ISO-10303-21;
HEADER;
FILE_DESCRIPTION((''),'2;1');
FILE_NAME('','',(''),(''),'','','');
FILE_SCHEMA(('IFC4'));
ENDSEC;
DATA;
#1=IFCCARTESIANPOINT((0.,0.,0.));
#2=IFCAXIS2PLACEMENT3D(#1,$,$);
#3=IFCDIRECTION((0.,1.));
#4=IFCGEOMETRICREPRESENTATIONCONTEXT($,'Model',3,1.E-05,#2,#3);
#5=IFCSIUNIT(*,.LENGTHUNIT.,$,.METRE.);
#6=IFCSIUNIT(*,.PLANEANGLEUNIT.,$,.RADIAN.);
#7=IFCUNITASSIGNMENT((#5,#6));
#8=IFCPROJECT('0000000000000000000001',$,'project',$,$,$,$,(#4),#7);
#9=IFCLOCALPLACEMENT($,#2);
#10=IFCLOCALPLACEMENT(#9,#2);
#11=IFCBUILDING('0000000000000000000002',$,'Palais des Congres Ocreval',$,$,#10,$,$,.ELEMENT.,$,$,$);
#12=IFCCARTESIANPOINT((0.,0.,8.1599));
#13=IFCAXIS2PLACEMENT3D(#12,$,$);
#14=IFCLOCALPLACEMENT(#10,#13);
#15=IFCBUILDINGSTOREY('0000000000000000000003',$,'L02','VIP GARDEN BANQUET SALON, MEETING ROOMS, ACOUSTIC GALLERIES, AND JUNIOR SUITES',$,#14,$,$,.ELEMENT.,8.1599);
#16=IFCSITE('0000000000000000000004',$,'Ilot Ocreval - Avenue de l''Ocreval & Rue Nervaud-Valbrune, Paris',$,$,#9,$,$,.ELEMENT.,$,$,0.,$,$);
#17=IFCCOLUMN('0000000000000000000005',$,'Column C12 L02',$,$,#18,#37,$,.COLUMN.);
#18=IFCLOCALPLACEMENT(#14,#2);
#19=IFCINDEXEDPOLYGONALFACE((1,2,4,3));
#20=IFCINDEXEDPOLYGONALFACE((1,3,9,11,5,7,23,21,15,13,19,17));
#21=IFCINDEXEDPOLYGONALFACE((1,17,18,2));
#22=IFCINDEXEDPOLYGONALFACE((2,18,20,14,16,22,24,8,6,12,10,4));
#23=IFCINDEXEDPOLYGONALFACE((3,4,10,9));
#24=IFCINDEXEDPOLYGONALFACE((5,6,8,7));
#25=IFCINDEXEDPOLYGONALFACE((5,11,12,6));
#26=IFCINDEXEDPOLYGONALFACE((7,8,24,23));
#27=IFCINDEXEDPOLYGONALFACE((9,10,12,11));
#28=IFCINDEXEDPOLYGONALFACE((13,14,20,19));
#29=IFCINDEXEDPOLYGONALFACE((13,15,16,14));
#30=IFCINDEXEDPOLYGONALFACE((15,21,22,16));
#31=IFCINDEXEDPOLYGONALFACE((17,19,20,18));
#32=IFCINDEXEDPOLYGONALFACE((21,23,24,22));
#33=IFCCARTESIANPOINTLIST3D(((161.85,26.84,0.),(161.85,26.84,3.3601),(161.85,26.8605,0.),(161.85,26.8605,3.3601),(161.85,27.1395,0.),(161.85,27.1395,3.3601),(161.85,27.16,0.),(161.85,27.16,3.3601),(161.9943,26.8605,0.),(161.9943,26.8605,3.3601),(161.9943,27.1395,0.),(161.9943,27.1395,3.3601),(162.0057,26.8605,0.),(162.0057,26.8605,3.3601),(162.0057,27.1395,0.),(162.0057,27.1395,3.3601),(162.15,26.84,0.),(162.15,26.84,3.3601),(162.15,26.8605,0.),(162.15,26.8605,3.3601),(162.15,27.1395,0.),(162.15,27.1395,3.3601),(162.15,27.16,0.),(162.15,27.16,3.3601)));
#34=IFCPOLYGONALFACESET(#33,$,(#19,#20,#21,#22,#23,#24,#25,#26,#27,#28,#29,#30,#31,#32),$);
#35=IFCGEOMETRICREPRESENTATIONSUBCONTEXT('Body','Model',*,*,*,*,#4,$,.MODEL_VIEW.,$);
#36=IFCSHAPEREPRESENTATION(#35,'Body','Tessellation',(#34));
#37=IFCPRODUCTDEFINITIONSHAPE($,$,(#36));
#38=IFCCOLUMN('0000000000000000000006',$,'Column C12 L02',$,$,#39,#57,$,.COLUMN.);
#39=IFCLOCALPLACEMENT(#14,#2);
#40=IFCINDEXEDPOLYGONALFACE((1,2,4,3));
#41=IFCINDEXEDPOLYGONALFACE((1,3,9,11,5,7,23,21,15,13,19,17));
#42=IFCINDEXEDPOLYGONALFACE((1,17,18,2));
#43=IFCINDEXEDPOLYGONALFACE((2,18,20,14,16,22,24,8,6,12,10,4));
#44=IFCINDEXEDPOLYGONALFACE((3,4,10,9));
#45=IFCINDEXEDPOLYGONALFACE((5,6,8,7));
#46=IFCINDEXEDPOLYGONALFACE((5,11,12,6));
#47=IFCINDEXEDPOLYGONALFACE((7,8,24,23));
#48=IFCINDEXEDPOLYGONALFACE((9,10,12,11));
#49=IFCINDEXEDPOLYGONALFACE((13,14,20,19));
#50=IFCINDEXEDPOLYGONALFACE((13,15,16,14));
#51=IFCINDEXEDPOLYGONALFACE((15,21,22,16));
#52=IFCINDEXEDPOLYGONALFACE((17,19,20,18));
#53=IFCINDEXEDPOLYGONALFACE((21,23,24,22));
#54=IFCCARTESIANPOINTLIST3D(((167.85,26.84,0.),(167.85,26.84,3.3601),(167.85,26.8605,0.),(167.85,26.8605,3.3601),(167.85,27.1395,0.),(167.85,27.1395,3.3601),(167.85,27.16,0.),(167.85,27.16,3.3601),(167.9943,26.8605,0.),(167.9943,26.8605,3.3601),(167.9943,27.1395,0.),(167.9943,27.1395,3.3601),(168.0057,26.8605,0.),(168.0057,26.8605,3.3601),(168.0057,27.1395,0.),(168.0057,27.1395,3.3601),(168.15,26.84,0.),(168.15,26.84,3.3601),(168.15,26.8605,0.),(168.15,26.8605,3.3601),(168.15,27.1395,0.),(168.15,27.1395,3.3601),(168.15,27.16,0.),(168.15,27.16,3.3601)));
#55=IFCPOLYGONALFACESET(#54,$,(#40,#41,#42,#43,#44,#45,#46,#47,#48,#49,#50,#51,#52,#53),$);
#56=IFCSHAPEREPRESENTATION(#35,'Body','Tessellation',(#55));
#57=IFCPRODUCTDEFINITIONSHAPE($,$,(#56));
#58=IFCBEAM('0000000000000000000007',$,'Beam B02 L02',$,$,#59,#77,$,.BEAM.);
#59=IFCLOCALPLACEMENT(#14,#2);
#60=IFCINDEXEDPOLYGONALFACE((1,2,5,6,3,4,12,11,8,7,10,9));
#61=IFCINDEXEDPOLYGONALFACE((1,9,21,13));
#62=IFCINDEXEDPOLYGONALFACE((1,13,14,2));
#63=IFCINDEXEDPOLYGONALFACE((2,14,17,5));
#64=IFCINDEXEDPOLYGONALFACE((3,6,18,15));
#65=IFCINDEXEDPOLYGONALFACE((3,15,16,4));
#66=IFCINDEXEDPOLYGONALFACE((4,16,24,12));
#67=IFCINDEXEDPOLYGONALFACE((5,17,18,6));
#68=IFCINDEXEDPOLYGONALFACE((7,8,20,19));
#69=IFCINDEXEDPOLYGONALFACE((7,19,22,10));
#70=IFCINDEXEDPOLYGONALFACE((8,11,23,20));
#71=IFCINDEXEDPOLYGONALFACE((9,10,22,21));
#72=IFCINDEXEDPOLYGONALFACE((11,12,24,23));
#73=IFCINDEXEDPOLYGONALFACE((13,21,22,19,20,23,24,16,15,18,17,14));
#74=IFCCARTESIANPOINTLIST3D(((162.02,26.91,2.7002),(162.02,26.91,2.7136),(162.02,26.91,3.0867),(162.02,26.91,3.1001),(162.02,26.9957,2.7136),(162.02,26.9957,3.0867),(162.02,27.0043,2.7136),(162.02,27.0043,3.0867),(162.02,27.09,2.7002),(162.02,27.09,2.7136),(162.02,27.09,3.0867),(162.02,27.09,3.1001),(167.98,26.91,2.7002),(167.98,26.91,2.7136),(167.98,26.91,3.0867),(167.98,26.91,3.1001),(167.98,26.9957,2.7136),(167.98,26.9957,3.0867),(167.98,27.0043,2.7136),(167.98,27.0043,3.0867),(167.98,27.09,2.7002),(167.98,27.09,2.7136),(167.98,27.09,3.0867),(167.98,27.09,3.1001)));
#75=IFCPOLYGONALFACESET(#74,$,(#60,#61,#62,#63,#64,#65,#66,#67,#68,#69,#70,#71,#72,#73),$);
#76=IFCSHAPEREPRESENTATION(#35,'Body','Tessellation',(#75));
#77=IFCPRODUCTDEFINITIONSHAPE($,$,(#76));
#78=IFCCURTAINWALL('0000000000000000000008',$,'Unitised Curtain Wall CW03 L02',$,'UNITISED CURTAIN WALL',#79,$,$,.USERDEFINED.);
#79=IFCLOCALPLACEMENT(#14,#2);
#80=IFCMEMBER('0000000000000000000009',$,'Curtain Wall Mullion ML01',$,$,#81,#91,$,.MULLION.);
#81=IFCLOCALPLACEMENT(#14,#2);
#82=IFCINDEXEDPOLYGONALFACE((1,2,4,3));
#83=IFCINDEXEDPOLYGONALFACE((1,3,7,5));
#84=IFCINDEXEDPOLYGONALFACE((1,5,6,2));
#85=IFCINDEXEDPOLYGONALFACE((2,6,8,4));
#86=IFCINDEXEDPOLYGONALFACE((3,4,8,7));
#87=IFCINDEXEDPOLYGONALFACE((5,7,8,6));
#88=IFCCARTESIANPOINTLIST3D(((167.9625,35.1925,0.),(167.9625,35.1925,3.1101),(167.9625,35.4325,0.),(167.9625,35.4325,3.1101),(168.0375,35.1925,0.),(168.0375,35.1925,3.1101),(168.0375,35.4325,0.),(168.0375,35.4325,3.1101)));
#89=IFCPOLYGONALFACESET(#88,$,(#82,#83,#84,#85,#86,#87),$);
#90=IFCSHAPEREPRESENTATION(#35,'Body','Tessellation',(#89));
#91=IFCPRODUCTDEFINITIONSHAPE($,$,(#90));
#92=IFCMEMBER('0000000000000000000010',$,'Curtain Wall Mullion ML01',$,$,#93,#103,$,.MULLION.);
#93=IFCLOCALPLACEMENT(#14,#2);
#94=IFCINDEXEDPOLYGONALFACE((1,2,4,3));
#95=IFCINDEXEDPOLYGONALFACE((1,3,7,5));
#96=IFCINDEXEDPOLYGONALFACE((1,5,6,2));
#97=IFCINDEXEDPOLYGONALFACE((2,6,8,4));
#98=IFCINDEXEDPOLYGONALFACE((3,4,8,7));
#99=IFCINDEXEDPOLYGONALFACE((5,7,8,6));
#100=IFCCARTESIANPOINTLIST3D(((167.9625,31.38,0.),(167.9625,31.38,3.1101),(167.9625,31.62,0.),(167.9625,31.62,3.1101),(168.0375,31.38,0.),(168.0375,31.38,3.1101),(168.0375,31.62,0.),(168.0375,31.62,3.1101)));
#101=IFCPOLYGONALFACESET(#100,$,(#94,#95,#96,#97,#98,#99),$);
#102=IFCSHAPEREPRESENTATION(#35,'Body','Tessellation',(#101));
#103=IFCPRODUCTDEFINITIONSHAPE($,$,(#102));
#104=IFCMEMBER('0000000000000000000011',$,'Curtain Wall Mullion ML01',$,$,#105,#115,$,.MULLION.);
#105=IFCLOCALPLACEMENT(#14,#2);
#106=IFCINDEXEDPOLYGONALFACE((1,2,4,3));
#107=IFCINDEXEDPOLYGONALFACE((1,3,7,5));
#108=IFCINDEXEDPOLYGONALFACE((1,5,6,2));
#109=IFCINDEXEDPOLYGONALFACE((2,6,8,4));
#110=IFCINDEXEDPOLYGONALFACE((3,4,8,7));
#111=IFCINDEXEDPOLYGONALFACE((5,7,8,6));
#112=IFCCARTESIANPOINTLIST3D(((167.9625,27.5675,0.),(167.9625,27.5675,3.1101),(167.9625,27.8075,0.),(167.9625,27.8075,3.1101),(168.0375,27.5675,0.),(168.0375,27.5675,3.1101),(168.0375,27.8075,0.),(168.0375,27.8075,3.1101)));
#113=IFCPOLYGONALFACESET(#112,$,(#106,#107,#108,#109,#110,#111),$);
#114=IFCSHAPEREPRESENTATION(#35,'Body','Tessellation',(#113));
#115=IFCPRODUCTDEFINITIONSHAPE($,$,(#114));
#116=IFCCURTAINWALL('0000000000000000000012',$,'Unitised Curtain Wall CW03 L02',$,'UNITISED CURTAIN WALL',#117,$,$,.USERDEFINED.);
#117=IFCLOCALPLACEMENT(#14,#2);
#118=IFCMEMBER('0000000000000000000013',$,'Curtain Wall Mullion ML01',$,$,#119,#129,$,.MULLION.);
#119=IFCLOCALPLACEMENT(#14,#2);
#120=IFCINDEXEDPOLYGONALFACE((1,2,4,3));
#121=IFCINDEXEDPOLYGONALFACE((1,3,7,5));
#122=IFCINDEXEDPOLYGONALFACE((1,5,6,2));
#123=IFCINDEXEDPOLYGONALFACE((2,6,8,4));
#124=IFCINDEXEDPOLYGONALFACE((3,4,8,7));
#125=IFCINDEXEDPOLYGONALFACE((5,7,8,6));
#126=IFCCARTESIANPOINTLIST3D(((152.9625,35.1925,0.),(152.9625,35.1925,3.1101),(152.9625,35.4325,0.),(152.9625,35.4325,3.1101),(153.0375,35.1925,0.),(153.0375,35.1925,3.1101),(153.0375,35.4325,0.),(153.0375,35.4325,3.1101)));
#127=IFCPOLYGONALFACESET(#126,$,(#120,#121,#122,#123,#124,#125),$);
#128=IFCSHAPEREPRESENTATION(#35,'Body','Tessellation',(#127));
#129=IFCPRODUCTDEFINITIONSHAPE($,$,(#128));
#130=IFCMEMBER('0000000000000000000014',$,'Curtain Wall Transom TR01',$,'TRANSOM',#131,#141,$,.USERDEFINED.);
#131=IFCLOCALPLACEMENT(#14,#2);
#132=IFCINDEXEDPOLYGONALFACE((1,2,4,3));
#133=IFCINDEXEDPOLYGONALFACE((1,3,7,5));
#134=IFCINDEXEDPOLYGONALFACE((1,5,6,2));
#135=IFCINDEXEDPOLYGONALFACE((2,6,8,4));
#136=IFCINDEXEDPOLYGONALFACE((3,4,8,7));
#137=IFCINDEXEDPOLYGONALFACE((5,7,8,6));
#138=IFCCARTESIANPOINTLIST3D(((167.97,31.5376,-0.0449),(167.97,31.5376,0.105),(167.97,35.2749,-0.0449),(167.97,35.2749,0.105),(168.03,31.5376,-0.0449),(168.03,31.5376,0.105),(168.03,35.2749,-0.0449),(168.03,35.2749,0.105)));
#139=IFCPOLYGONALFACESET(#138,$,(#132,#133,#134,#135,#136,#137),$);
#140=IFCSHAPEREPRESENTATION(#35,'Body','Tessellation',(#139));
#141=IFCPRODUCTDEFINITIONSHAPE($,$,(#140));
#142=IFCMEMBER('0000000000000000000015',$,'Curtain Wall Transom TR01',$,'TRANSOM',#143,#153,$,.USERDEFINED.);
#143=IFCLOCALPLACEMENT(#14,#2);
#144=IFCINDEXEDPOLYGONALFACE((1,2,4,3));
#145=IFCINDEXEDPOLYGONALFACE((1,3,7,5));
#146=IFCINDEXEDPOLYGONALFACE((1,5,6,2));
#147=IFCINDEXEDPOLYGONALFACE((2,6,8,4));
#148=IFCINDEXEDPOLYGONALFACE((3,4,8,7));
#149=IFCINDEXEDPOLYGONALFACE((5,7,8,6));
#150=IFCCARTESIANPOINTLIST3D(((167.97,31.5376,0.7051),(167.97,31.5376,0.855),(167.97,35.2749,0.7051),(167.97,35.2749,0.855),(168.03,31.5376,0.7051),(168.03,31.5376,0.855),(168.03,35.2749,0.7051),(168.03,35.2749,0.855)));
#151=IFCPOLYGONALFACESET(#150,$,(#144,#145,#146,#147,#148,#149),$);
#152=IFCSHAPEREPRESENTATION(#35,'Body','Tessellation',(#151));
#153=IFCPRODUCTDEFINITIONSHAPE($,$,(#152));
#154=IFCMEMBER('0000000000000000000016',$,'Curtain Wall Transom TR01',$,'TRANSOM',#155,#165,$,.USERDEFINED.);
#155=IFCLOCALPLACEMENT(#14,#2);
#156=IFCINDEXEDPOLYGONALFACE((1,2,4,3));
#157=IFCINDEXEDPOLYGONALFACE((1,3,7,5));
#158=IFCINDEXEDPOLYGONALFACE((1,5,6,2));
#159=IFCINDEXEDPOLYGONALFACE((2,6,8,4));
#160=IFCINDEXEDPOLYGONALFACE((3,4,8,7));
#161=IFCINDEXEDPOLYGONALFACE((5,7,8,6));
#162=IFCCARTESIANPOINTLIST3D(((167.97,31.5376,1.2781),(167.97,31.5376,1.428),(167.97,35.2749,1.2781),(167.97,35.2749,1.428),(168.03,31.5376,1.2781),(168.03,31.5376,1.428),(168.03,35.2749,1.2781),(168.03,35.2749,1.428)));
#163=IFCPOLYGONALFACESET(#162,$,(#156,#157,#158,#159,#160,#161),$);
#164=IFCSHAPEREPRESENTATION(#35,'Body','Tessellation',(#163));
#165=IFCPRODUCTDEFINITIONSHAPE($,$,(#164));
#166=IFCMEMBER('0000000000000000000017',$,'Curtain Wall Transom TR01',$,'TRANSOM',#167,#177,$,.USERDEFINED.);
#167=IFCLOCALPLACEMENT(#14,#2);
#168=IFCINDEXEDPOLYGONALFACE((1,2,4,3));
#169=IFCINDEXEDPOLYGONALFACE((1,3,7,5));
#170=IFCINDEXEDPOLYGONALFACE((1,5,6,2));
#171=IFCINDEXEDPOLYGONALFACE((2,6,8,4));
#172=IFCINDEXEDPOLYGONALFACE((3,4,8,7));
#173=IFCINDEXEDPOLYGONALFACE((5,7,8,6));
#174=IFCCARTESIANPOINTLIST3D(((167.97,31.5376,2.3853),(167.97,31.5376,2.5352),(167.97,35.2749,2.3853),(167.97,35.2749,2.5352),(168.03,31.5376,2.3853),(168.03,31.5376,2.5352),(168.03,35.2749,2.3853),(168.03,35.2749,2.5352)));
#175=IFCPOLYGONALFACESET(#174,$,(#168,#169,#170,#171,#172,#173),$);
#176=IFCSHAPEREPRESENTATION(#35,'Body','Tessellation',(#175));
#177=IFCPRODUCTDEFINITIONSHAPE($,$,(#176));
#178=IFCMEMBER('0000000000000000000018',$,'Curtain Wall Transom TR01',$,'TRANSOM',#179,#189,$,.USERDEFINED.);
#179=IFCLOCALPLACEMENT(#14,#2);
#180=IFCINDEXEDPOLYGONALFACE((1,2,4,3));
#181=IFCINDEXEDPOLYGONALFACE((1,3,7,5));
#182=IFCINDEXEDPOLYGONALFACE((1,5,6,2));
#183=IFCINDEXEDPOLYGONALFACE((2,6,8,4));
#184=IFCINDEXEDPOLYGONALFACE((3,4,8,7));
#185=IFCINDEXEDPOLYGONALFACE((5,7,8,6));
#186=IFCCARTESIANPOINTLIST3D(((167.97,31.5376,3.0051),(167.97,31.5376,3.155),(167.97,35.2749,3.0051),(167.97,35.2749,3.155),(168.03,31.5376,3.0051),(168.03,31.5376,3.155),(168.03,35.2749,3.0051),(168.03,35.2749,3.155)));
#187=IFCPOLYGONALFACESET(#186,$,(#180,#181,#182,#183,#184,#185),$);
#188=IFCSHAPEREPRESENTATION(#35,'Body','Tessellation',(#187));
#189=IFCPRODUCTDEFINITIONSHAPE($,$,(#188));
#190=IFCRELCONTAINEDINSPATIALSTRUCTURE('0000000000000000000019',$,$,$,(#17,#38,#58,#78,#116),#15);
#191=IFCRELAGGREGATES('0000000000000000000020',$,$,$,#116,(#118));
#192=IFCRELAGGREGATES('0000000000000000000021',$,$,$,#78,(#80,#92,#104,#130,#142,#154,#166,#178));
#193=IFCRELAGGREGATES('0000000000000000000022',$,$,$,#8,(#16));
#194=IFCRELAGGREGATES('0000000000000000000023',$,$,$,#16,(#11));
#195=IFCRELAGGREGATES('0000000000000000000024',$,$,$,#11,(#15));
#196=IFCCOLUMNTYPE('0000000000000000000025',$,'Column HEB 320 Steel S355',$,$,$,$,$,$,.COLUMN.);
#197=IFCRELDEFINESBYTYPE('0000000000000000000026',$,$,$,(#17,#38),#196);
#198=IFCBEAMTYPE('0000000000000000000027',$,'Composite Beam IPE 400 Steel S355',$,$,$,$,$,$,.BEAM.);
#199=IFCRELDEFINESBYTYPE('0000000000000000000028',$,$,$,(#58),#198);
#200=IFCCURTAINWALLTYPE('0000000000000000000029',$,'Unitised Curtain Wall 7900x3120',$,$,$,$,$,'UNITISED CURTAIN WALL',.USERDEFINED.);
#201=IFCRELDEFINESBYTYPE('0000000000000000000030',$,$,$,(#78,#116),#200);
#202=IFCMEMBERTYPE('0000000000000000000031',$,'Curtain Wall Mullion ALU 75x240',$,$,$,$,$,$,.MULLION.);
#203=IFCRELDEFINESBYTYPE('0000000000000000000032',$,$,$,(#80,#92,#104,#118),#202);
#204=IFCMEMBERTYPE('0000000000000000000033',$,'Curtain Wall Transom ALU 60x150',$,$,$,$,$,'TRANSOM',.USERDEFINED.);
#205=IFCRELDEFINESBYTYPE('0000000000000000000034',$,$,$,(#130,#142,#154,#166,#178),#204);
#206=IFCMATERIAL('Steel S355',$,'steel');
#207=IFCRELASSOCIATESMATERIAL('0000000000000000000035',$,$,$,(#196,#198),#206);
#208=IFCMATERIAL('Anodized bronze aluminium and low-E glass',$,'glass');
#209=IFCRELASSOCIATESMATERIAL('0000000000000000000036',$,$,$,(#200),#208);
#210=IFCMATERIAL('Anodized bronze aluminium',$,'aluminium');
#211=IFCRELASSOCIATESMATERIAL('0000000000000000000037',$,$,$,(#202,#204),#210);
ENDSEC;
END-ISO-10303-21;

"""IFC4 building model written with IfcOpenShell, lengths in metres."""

from ifc_helpers import new_model, si_unit, direction, frame, origin, origin_2d, place, context, subcontext, project, spatial, rectangle, i_section, extrude, material, material_profile, profile_set, type_object, element, aggregate, save


model = new_model("IFC4")

# Units and contexts
model_context = context("Model", 3, precision=1e-05, world=origin(), true_north=direction((0.0, 1.0)))
body_context = subcontext(model_context, "Body", "Model", "MODEL_VIEW")
ifc_project = project(units=[si_unit("LENGTHUNIT", "METRE"), si_unit("PLANEANGLEUNIT", "RADIAN")], contexts=[model_context])

# Site, building, storey
site_placement = place(None, origin())
site = spatial("IfcSite", under=ifc_project, at=site_placement, Name="Ilot Ocreval - Avenue de l'Ocreval & Rue Nervaud-Valbrune, Paris", CompositionType="ELEMENT", RefElevation=0.0)
building_placement = place(site_placement, origin())
building = spatial("IfcBuilding", under=site, at=building_placement, Name="Palais des Congres Ocreval", CompositionType="ELEMENT")
storey_placement = place(building_placement, frame((0.0, 0.0, 8.1599)))
storey = spatial("IfcBuildingStorey", under=building, at=storey_placement, Name="L02", Description="VIP GARDEN BANQUET SALON, MEETING ROOMS, ACOUSTIC GALLERIES, AND JUNIOR SUITES", CompositionType="ELEMENT", Elevation=8.1599)

# Columns
ifc_material_1 = material(Name="Steel S355", Category="steel")
ifc_material_profile_1 = material_profile(ifc_material_1, i_section(OverallWidth=0.3, OverallDepth=0.3201, WebThickness=0.0115, FlangeThickness=0.0205, at=origin_2d()), Name="HEB 320")
ifc_profile_set_1 = profile_set([ifc_material_profile_1], Name="Steel S355")
column_type = type_object("IfcColumnType", Name="Column HEB 320 Steel S355", PredefinedType="COLUMN", material=ifc_profile_set_1)
for number, where, z_axis, x_axis, name in (
    (1, (162.0, 27.0, 0.0), (0.0, 0.0, 1.0), (1.0, 0.0, 0.0), "Column C12 L02"),
    (2, (168.0, 27.0, 0.0), (0.0, 0.0, 1.0), (1.0, 0.0, 0.0), "Column C12 L02"),
):
    element("IfcColumn", number, at=place(storey_placement, frame(where, z_axis=z_axis, x_axis=x_axis)), inside=storey, type_object=column_type, Name=name, PredefinedType="COLUMN", context=body_context, shape_type="SweptSolid", body=[
        extrude(i_section(OverallWidth=0.3, OverallDepth=0.3201, WebThickness=0.0115, FlangeThickness=0.0205, at=origin_2d()), origin(), (0.0, 0.0, 1.0), 3.3601),
    ])

# Beam
ifc_material_profile_2 = material_profile(ifc_material_1, i_section(OverallWidth=0.1799, OverallDepth=0.3999, WebThickness=0.0085, FlangeThickness=0.0134, at=origin_2d()), Name="IPE 400")
ifc_profile_set_2 = profile_set([ifc_material_profile_2], Name="Steel S355")
beam_type_1 = type_object("IfcBeamType", Name="Composite Beam IPE 400 Steel S355", PredefinedType="BEAM", material=ifc_profile_set_2)
beam_placement = place(storey_placement, frame((162.02, 27.0, 2.9001), z_axis=(1.0, 0.0, 0.0), x_axis=(0.0, 1.0, 0.0)))
element("IfcBeam", 3, at=beam_placement, inside=storey, type_object=beam_type_1, Name="Beam B02 L02", PredefinedType="BEAM", context=body_context, shape_type="SweptSolid", body=[
    extrude(i_section(OverallWidth=0.1799, OverallDepth=0.3999, WebThickness=0.0085, FlangeThickness=0.0134, at=origin_2d()), origin(), (0.0, 0.0, 1.0), 5.96),
])

# Curtain wall, members
ifc_material_2 = material(Name="Anodized bronze aluminium and low-E glass", Category="glass")
curtain_wall_type = type_object("IfcCurtainWallType", Name="Unitised Curtain Wall 7900x3120", ElementType="UNITISED CURTAIN WALL", PredefinedType="USERDEFINED", material=ifc_material_2)
curtain_wall_1_placement = place(storey_placement, origin())
curtain_wall_1 = element("IfcCurtainWall", 4, at=curtain_wall_1_placement, inside=storey, type_object=curtain_wall_type, Name="Unitised Curtain Wall CW03 L02", ObjectType="UNITISED CURTAIN WALL", PredefinedType="USERDEFINED")
ifc_material_3 = material(Name="Anodized bronze aluminium", Category="aluminium")
ifc_material_profile_3 = material_profile(ifc_material_3, rectangle(XDim=0.075, YDim=0.24, at=origin_2d()), Name="ALU 75x240")
ifc_profile_set_3 = profile_set([ifc_material_profile_3], Name="Anodized bronze aluminium")
member_type_1 = type_object("IfcMemberType", Name="Curtain Wall Mullion ALU 75x240", PredefinedType="MULLION", material=ifc_profile_set_3)
member_1_placement = place(storey_placement, frame((168.0, 35.3125, 0.0), z_axis=(0.0, 0.0, 1.0), x_axis=(1.0, 0.0, 0.0)))
member_1 = element("IfcMember", 5, at=member_1_placement, type_object=member_type_1, Name="Curtain Wall Mullion ML01", PredefinedType="MULLION", context=body_context, shape_type="SweptSolid", body=[
    extrude(rectangle(XDim=0.075, YDim=0.24, at=origin_2d()), origin(), (0.0, 0.0, 1.0), 3.1101),
])
member_2_placement = place(storey_placement, frame((168.0, 31.5, 0.0), z_axis=(0.0, 0.0, 1.0), x_axis=(1.0, 0.0, 0.0)))
member_2 = element("IfcMember", 6, at=member_2_placement, type_object=member_type_1, Name="Curtain Wall Mullion ML01", PredefinedType="MULLION", context=body_context, shape_type="SweptSolid", body=[
    extrude(rectangle(XDim=0.075, YDim=0.24, at=origin_2d()), origin(), (0.0, 0.0, 1.0), 3.1101),
])
member_3_placement = place(storey_placement, frame((168.0, 27.6875, 0.0), z_axis=(0.0, 0.0, 1.0), x_axis=(1.0, 0.0, 0.0)))
member_3 = element("IfcMember", 7, at=member_3_placement, type_object=member_type_1, Name="Curtain Wall Mullion ML01", PredefinedType="MULLION", context=body_context, shape_type="SweptSolid", body=[
    extrude(rectangle(XDim=0.075, YDim=0.24, at=origin_2d()), origin(), (0.0, 0.0, 1.0), 3.1101),
])

# Curtain wall, member
curtain_wall_2_placement = place(storey_placement, origin())
curtain_wall_2 = element("IfcCurtainWall", 8, at=curtain_wall_2_placement, inside=storey, type_object=curtain_wall_type, Name="Unitised Curtain Wall CW03 L02", ObjectType="UNITISED CURTAIN WALL", PredefinedType="USERDEFINED")
member_4_placement = place(storey_placement, frame((153.0, 35.3125, 0.0), z_axis=(0.0, 0.0, 1.0), x_axis=(-1.0, 0.0, 0.0)))
member_4 = element("IfcMember", 9, at=member_4_placement, type_object=member_type_1, Name="Curtain Wall Mullion ML01", PredefinedType="MULLION", context=body_context, shape_type="SweptSolid", body=[
    extrude(rectangle(XDim=0.075, YDim=0.24, at=origin_2d()), origin(), (0.0, 0.0, 1.0), 3.1101),
])

# Members
ifc_material_profile_4 = material_profile(ifc_material_3, rectangle(XDim=0.0601, YDim=0.1499, at=origin_2d()), Name="ALU 60x150")
ifc_profile_set_4 = profile_set([ifc_material_profile_4], Name="Anodized bronze aluminium")
member_type_2 = type_object("IfcMemberType", Name="Curtain Wall Transom ALU 60x150", ElementType="TRANSOM", PredefinedType="USERDEFINED", material=ifc_profile_set_4)
member_5_placement = place(storey_placement, frame((168.0, 35.2749, 0.03), z_axis=(0.0, -1.0, 0.0), x_axis=(1.0, 0.0, 0.0)))
member_5 = element("IfcMember", 10, at=member_5_placement, type_object=member_type_2, Name="Curtain Wall Transom TR01", ObjectType="TRANSOM", PredefinedType="USERDEFINED", context=body_context, shape_type="SweptSolid", body=[
    extrude(rectangle(XDim=0.0601, YDim=0.1499, at=origin_2d()), origin(), (0.0, 0.0, 1.0), 3.7373),
])
member_6_placement = place(storey_placement, frame((168.0, 35.2749, 0.78), z_axis=(0.0, -1.0, 0.0), x_axis=(1.0, 0.0, 0.0)))
member_6 = element("IfcMember", 11, at=member_6_placement, type_object=member_type_2, Name="Curtain Wall Transom TR01", ObjectType="TRANSOM", PredefinedType="USERDEFINED", context=body_context, shape_type="SweptSolid", body=[
    extrude(rectangle(XDim=0.0601, YDim=0.1499, at=origin_2d()), origin(), (0.0, 0.0, 1.0), 3.7373),
])
member_7_placement = place(storey_placement, frame((168.0, 35.2749, 1.353), z_axis=(0.0, -1.0, 0.0), x_axis=(1.0, 0.0, 0.0)))
member_7 = element("IfcMember", 12, at=member_7_placement, type_object=member_type_2, Name="Curtain Wall Transom TR01", ObjectType="TRANSOM", PredefinedType="USERDEFINED", context=body_context, shape_type="SweptSolid", body=[
    extrude(rectangle(XDim=0.0601, YDim=0.1499, at=origin_2d()), origin(), (0.0, 0.0, 1.0), 3.7373),
])
member_8_placement = place(storey_placement, frame((168.0, 35.2749, 2.4602), z_axis=(0.0, -1.0, 0.0), x_axis=(1.0, 0.0, 0.0)))
member_8 = element("IfcMember", 13, at=member_8_placement, type_object=member_type_2, Name="Curtain Wall Transom TR01", ObjectType="TRANSOM", PredefinedType="USERDEFINED", context=body_context, shape_type="SweptSolid", body=[
    extrude(rectangle(XDim=0.0601, YDim=0.1499, at=origin_2d()), origin(), (0.0, 0.0, 1.0), 3.7373),
])
member_9_placement = place(storey_placement, frame((168.0, 35.2749, 3.0801), z_axis=(0.0, -1.0, 0.0), x_axis=(1.0, 0.0, 0.0)))
member_9 = element("IfcMember", 14, at=member_9_placement, type_object=member_type_2, Name="Curtain Wall Transom TR01", ObjectType="TRANSOM", PredefinedType="USERDEFINED", context=body_context, shape_type="SweptSolid", body=[
    extrude(rectangle(XDim=0.0601, YDim=0.1499, at=origin_2d()), origin(), (0.0, 0.0, 1.0), 3.7373),
])

aggregate(curtain_wall_2, [member_4])
aggregate(curtain_wall_1, [member_1, member_2, member_3, member_5, member_6, member_7, member_8, member_9])

save(model, "model.ifc")
